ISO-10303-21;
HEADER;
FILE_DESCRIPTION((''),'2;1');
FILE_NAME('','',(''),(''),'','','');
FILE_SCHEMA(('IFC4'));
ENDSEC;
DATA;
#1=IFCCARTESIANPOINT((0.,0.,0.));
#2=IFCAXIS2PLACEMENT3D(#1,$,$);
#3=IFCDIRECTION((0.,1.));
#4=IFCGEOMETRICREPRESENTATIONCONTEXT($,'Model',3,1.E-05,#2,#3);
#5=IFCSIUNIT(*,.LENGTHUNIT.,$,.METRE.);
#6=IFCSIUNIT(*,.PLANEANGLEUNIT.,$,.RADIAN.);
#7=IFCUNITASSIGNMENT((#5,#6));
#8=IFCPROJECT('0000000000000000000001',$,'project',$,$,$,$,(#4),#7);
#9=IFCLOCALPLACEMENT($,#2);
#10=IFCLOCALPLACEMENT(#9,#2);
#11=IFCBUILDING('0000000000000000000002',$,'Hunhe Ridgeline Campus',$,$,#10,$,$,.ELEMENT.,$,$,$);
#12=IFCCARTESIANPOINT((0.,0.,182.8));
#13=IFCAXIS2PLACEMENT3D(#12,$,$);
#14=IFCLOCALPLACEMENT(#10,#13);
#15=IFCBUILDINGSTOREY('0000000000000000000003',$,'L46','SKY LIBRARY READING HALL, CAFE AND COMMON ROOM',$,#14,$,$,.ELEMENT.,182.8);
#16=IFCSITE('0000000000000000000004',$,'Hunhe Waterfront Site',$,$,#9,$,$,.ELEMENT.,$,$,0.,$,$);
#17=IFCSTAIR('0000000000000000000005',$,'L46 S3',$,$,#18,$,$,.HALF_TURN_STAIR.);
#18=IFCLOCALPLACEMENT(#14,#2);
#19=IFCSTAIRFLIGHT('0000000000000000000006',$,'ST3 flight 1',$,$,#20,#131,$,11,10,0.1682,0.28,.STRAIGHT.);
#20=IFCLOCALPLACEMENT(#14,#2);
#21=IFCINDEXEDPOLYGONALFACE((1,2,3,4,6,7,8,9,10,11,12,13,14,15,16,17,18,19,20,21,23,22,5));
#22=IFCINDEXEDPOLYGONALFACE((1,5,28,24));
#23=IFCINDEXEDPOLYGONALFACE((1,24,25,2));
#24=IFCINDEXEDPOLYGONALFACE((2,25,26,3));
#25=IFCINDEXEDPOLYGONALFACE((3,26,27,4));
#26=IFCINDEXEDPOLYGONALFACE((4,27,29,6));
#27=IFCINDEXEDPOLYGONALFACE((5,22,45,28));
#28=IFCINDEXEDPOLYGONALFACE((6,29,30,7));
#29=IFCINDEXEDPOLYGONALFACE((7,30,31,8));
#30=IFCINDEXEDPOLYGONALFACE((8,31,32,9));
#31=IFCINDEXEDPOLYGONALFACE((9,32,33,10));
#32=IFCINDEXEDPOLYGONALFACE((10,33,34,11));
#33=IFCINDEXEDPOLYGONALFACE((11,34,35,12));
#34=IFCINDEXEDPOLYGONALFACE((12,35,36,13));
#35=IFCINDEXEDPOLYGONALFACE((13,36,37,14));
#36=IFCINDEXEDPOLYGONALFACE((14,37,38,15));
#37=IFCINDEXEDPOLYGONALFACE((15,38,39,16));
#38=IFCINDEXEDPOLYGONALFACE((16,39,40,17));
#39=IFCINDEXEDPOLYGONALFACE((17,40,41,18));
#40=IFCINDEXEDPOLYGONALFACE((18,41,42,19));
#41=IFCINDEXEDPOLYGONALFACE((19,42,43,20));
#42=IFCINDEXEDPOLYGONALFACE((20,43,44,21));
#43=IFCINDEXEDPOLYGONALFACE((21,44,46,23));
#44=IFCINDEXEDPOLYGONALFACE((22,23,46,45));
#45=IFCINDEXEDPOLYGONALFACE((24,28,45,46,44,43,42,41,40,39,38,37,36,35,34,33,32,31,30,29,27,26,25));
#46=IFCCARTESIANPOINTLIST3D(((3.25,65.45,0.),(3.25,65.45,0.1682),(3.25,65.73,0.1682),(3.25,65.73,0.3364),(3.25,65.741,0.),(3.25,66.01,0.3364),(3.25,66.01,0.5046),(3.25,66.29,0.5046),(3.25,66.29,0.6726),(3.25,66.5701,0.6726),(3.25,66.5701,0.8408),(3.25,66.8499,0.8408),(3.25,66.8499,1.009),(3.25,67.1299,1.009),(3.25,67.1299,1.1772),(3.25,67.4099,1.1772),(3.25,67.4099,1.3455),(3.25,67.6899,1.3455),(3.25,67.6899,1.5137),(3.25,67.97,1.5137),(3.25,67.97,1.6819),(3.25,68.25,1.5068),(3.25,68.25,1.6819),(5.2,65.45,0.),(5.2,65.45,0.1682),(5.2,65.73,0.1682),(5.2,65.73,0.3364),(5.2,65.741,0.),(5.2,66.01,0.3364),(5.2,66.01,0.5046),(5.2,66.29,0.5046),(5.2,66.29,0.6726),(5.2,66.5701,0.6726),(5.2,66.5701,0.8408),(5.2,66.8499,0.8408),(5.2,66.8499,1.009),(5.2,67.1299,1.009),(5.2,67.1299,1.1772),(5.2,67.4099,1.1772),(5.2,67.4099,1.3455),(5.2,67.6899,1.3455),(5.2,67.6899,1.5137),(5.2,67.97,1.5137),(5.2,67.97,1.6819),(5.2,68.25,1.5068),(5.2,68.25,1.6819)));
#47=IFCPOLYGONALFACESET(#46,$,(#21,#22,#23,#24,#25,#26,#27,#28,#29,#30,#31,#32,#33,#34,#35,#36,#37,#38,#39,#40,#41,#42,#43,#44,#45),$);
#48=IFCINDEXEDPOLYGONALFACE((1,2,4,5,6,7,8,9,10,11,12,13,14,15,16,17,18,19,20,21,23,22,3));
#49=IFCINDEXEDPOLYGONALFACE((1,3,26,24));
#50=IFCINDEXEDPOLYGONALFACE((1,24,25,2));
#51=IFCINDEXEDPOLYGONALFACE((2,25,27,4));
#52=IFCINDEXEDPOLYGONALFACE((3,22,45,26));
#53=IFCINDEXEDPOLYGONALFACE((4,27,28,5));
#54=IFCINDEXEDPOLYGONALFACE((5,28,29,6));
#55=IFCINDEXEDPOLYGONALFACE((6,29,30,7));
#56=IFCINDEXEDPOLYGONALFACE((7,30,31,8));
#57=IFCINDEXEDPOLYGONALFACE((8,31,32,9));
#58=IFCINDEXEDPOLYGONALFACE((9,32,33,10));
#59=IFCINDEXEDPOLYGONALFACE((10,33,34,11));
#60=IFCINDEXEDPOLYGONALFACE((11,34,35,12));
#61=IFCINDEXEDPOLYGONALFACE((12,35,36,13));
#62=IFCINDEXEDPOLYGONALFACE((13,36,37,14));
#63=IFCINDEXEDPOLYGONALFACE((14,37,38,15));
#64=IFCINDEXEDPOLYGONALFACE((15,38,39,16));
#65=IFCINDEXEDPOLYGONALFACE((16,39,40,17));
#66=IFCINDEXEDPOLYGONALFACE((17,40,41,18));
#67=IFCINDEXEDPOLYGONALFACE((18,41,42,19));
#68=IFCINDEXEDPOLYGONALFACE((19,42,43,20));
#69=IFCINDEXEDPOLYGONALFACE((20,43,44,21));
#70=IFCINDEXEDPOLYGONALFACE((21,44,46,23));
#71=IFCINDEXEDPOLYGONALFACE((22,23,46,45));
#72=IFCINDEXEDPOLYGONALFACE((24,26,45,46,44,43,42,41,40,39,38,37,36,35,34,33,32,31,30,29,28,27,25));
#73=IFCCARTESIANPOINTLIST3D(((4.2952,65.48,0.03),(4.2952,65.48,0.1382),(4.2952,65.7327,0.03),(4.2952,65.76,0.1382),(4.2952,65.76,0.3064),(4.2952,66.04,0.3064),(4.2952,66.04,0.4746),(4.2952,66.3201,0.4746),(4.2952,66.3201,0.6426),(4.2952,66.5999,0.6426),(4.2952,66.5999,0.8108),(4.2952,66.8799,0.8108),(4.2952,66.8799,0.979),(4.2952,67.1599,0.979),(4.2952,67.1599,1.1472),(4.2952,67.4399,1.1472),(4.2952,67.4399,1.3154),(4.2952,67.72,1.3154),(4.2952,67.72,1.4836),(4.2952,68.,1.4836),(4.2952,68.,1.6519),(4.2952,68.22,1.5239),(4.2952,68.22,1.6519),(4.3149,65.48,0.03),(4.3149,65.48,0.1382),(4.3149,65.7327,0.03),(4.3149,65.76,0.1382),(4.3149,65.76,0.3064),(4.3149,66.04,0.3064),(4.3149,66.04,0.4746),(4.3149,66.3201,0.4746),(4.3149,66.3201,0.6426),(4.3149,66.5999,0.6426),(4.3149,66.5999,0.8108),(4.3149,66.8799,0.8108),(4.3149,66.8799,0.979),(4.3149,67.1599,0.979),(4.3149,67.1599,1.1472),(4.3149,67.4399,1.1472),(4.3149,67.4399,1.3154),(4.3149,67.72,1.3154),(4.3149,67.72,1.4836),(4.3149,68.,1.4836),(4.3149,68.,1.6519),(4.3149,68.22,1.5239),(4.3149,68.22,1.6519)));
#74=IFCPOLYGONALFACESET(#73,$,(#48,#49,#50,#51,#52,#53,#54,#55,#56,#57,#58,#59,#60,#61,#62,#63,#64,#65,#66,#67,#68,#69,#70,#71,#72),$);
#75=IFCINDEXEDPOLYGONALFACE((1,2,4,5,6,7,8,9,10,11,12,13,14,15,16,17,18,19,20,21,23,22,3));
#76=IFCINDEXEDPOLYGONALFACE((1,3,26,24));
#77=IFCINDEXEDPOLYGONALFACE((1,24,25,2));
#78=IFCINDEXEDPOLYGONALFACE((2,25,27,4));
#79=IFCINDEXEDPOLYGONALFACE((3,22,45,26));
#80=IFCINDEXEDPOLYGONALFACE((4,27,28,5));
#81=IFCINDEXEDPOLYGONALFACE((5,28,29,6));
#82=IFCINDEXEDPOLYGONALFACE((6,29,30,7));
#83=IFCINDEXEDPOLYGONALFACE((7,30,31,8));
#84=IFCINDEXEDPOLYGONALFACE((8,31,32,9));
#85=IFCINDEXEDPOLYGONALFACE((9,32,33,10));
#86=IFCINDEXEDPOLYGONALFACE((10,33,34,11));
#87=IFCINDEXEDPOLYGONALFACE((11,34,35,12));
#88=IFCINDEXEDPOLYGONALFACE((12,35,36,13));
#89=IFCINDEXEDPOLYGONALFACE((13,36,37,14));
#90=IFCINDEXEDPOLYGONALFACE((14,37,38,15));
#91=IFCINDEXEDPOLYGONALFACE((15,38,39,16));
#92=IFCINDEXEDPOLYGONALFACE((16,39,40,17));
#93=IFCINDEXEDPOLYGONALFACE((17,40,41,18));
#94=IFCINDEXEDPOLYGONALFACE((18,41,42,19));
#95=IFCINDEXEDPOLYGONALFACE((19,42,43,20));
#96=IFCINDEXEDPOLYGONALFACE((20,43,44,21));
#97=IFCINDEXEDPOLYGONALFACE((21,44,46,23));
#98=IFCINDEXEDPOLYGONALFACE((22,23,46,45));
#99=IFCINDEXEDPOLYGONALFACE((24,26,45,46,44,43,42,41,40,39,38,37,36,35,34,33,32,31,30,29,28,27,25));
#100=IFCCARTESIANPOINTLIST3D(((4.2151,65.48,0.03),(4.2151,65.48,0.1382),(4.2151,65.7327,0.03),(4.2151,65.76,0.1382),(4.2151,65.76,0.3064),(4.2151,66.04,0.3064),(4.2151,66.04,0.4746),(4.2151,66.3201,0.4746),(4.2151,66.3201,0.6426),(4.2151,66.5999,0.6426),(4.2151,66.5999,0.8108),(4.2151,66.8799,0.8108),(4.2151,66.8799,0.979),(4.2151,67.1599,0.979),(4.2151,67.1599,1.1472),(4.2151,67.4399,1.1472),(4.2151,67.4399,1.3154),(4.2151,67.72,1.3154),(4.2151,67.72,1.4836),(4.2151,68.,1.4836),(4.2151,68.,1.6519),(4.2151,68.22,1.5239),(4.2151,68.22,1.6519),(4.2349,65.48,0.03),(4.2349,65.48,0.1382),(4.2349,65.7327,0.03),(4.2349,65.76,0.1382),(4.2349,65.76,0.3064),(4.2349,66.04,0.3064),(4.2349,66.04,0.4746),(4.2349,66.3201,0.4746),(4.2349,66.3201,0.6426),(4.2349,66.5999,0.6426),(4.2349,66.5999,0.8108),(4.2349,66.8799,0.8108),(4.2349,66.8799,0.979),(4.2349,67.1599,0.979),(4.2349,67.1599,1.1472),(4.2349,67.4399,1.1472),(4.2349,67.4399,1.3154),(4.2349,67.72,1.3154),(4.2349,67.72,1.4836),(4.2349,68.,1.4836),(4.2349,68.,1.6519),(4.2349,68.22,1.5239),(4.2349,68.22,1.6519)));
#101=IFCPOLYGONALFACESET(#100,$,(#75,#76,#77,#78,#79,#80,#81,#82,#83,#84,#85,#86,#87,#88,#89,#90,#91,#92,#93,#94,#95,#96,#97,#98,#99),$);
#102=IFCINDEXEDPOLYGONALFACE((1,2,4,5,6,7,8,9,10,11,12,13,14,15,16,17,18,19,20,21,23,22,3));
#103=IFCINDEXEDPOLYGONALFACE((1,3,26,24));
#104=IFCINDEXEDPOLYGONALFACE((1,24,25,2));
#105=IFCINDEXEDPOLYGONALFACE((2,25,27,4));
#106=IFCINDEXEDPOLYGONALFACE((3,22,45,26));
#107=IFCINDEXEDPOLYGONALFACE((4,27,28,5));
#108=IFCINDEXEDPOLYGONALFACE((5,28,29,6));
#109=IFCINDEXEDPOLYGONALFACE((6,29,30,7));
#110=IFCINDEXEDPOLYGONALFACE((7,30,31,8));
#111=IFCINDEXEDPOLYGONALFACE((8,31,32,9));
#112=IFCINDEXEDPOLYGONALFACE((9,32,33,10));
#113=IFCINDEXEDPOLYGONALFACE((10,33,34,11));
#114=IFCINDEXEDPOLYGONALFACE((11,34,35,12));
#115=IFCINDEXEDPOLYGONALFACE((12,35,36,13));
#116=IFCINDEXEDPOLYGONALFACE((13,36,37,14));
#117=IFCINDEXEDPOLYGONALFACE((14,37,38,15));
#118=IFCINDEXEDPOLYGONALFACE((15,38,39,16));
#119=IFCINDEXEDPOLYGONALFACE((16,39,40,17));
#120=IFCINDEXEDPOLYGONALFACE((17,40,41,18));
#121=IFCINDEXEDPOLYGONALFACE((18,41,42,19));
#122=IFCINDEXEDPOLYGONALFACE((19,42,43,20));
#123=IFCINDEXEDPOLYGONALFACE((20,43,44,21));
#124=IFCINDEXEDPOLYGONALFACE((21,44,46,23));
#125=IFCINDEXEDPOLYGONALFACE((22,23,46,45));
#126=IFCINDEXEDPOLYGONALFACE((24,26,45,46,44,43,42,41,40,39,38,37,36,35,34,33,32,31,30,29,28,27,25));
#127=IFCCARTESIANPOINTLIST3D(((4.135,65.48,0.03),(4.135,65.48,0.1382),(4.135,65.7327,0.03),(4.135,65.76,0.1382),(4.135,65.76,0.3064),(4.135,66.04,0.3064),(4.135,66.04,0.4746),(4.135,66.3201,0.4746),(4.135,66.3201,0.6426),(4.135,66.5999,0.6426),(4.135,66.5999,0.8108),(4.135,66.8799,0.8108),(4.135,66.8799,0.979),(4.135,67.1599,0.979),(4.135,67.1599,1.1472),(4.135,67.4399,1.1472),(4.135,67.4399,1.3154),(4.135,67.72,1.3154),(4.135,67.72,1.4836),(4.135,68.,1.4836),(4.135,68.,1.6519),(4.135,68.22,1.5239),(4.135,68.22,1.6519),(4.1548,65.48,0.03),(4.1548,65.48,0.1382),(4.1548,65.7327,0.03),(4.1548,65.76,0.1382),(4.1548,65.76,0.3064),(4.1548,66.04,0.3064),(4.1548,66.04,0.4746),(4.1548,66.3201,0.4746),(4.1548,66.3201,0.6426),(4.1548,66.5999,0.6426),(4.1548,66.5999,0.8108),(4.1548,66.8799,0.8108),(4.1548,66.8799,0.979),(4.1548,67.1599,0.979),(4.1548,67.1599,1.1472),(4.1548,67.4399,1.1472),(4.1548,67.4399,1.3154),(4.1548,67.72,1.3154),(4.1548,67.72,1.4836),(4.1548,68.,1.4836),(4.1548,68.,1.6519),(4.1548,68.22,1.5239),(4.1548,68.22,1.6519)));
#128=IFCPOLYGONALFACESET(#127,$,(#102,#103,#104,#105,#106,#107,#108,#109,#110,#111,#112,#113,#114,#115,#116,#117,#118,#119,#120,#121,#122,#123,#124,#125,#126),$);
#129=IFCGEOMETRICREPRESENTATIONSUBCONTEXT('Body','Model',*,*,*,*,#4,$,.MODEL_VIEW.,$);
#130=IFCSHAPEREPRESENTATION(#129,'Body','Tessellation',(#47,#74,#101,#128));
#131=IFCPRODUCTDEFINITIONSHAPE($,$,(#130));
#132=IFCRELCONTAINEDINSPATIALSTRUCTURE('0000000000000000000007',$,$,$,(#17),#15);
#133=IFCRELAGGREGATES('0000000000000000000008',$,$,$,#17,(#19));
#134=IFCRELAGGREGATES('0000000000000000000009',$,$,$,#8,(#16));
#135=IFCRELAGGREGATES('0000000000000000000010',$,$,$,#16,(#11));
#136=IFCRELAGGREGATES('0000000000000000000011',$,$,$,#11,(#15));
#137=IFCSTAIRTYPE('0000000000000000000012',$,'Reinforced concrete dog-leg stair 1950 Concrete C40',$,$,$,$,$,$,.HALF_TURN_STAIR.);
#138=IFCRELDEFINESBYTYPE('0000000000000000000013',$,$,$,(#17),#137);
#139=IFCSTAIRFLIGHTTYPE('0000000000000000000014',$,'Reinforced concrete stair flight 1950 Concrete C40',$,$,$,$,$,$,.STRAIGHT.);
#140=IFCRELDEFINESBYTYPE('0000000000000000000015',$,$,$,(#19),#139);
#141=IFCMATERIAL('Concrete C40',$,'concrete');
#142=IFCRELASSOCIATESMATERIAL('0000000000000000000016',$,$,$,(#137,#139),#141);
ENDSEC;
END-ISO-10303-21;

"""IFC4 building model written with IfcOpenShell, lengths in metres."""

from ifc_helpers import new_model, si_unit, direction, frame, origin, place, context, subcontext, project, spatial, polyline, outline, extrude, material, type_object, element, aggregate, save


model = new_model("IFC4")

# Units and contexts
model_context = context("Model", 3, precision=1e-05, world=origin(), true_north=direction((0.0, 1.0)))
body_context = subcontext(model_context, "Body", "Model", "MODEL_VIEW")
ifc_project = project(units=[si_unit("LENGTHUNIT", "METRE"), si_unit("PLANEANGLEUNIT", "RADIAN")], contexts=[model_context])

# Site, building, storey
site_placement = place(None, origin())
site = spatial("IfcSite", under=ifc_project, at=site_placement, Name="Hunhe Waterfront Site", CompositionType="ELEMENT", RefElevation=0.0)
building_placement = place(site_placement, origin())
building = spatial("IfcBuilding", under=site, at=building_placement, Name="Hunhe Ridgeline Campus", CompositionType="ELEMENT")
storey_placement = place(building_placement, frame((0.0, 0.0, 182.8)))
storey = spatial("IfcBuildingStorey", under=building, at=storey_placement, Name="L46", Description="SKY LIBRARY READING HALL, CAFE AND COMMON ROOM", CompositionType="ELEMENT", Elevation=182.8)

# Stair, stair flight
ifc_material_1 = material(Name="Concrete C40", Category="concrete")
stair_type = type_object("IfcStairType", Name="Reinforced concrete dog-leg stair 1950 Concrete C40", PredefinedType="HALF_TURN_STAIR", material=ifc_material_1)
stair_1_placement = place(storey_placement, origin())
stair_1 = element("IfcStair", 1, at=stair_1_placement, inside=storey, type_object=stair_type, Name="L46 S3", PredefinedType="HALF_TURN_STAIR")
stair_flight_type = type_object("IfcStairFlightType", Name="Reinforced concrete stair flight 1950 Concrete C40", PredefinedType="STRAIGHT", material=ifc_material_1)
stair_flight_1_placement = place(storey_placement, frame((4.2251, 65.45, 0.0), z_axis=(0.0, 0.0, 1.0), x_axis=(0.0, 1.0, 0.0)))
stair_flight_1 = element("IfcStairFlight", 2, at=stair_flight_1_placement, type_object=stair_flight_type, Name="ST3 flight 1", NumberOfRisers=11, NumberOfTreads=10, PredefinedType="STRAIGHT", RiserHeight=0.1682, TreadLength=0.28, context=body_context, shape_type="SweptSolid", body=[
    extrude(outline(polyline([(0.0, 0.0), (0.0, 0.1682), (0.28, 0.1682), (0.28, 0.3364), (0.5601, 0.3364), (0.5601, 0.5046), (0.8401, 0.5046), (0.8401, 0.6726), (1.1201, 0.6726), (1.1201, 0.8408), (1.3999, 0.8408), (1.3999, 1.009), (1.6799, 1.009), (1.6799, 1.1772), (1.96, 1.1772), (1.96, 1.3455), (2.24, 1.3455), (2.24, 1.5137), (2.52, 1.5137), (2.52, 1.6819), (2.8, 1.6819), (2.8, 1.8501), (2.8, 1.5068), (0.291, 0.0), (0.0, 0.0)])), frame((0.0, 0.9751, 0.0), z_axis=(0.0, -1.0, 0.0), x_axis=(1.0, 0.0, 0.0)), (0.0, 0.0, 1.0), 1.95),
    extrude(outline(polyline([(0.03, 0.03), (0.03, 0.1382), (0.3101, 0.1382), (0.3101, 0.3064), (0.5901, 0.3064), (0.5901, 0.4746), (0.8701, 0.4746), (0.8701, 0.6426), (1.1499, 0.6426), (1.1499, 0.8108), (1.4299, 0.8108), (1.4299, 0.979), (1.71, 0.979), (1.71, 1.1472), (1.99, 1.1472), (1.99, 1.3154), (2.27, 1.3154), (2.27, 1.4836), (2.55, 1.4836), (2.55, 1.6519), (2.77, 1.6519), (2.77, 1.5239), (0.2827, 0.03), (0.03, 0.03)])), frame((0.0, -0.0701, 0.0), z_axis=(0.0, -1.0, 0.0), x_axis=(1.0, 0.0, 0.0)), (0.0, 0.0, 1.0), 0.0198),
    extrude(outline(polyline([(0.03, 0.03), (0.03, 0.1382), (0.3101, 0.1382), (0.3101, 0.3064), (0.5901, 0.3064), (0.5901, 0.4746), (0.8701, 0.4746), (0.8701, 0.6426), (1.1499, 0.6426), (1.1499, 0.8108), (1.4299, 0.8108), (1.4299, 0.979), (1.71, 0.979), (1.71, 1.1472), (1.99, 1.1472), (1.99, 1.3154), (2.27, 1.3154), (2.27, 1.4836), (2.55, 1.4836), (2.55, 1.6519), (2.77, 1.6519), (2.77, 1.5239), (0.2827, 0.03), (0.03, 0.03)])), frame((0.0, 0.01, 0.0), z_axis=(0.0, -1.0, 0.0), x_axis=(1.0, 0.0, 0.0)), (0.0, 0.0, 1.0), 0.0198),
    extrude(outline(polyline([(0.03, 0.03), (0.03, 0.1382), (0.3101, 0.1382), (0.3101, 0.3064), (0.5901, 0.3064), (0.5901, 0.4746), (0.8701, 0.4746), (0.8701, 0.6426), (1.1499, 0.6426), (1.1499, 0.8108), (1.4299, 0.8108), (1.4299, 0.979), (1.71, 0.979), (1.71, 1.1472), (1.99, 1.1472), (1.99, 1.3154), (2.27, 1.3154), (2.27, 1.4836), (2.55, 1.4836), (2.55, 1.6519), (2.77, 1.6519), (2.77, 1.5239), (0.2827, 0.03), (0.03, 0.03)])), frame((0.0, 0.0901, 0.0), z_axis=(0.0, -1.0, 0.0), x_axis=(1.0, 0.0, 0.0)), (0.0, 0.0, 1.0), 0.0198),
])
aggregate(stair_1, [stair_flight_1])

save(model, "model.ifc")
